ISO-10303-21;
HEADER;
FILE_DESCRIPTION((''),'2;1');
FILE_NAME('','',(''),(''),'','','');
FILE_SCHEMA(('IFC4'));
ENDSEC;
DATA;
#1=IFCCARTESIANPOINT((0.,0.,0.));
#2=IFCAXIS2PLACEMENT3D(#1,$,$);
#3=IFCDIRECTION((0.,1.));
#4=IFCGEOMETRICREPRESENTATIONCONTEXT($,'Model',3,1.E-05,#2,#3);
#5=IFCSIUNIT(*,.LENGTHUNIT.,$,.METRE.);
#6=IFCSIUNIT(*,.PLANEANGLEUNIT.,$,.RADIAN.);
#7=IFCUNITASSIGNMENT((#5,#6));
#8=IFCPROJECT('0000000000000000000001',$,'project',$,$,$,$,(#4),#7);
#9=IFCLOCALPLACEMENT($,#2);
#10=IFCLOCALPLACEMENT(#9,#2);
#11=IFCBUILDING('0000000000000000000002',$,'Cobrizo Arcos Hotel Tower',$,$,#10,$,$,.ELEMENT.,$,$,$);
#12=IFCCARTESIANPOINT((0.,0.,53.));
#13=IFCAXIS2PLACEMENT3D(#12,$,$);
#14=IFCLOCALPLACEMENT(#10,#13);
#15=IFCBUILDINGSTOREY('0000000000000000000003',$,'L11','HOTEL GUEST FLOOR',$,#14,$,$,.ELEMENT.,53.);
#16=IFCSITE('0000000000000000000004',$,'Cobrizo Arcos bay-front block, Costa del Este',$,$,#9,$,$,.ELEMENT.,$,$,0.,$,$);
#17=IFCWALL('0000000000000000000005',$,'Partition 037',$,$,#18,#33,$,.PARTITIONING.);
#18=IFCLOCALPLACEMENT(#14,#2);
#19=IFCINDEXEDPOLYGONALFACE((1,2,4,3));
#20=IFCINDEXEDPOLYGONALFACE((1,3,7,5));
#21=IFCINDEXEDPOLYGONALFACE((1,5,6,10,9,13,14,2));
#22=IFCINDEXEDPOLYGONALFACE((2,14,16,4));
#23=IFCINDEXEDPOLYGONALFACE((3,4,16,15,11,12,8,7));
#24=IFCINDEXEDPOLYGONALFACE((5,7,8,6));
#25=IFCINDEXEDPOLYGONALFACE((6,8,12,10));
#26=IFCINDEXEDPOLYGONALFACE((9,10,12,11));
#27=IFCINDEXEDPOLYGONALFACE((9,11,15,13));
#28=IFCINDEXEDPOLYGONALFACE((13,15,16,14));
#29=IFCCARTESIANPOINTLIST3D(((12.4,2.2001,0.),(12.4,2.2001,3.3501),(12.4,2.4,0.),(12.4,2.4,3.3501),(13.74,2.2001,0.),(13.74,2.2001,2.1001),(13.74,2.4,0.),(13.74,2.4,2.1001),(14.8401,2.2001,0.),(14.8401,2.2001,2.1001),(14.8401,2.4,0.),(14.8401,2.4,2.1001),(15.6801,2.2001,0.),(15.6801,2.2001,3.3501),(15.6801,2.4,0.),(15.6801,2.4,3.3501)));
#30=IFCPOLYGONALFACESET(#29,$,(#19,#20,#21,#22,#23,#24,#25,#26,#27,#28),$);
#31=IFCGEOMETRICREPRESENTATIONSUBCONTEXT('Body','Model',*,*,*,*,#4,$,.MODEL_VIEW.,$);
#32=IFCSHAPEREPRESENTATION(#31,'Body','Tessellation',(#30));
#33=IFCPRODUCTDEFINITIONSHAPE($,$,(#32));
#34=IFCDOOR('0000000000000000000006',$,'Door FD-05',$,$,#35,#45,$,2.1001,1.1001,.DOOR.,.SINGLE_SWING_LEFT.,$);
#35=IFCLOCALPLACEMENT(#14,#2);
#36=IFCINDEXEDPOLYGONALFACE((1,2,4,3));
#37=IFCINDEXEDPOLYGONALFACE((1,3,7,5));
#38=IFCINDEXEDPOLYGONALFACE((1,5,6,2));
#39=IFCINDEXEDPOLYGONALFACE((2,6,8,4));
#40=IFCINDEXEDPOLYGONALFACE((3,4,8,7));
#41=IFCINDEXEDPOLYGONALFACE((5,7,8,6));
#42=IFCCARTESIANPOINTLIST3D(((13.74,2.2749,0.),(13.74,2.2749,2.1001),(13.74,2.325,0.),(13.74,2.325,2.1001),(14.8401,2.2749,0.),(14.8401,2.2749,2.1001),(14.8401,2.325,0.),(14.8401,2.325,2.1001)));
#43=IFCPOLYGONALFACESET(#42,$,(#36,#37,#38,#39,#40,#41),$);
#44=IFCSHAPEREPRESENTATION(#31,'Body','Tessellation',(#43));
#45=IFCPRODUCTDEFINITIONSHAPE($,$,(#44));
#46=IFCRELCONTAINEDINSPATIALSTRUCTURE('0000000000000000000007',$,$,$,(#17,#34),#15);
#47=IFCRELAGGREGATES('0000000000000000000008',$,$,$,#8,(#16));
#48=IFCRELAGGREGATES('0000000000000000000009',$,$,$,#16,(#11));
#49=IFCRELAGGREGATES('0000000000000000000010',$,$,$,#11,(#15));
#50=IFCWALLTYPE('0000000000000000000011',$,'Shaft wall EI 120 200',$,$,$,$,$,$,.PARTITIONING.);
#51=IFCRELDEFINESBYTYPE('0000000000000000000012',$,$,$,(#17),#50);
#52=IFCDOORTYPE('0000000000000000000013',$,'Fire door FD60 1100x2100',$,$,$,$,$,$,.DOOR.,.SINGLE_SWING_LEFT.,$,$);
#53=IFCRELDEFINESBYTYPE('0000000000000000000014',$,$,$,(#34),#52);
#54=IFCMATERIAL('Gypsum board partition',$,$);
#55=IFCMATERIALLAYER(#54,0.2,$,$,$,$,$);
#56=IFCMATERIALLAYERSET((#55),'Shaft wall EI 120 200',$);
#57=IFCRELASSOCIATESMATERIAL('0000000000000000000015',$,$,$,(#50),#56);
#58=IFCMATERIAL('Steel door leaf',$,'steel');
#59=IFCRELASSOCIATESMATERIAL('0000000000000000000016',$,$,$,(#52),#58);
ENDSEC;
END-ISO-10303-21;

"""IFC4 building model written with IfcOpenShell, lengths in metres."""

from ifc_helpers import new_model, si_unit, direction, frame, frame_2d, origin, place, context, subcontext, project, spatial, rectangle, extrude, material, layer, layer_set, type_object, element, fill, save


model = new_model("IFC4")

# Units and contexts
model_context = context("Model", 3, precision=1e-05, world=origin(), true_north=direction((0.0, 1.0)))
body_context = subcontext(model_context, "Body", "Model", "MODEL_VIEW")
ifc_project = project(units=[si_unit("LENGTHUNIT", "METRE"), si_unit("PLANEANGLEUNIT", "RADIAN")], contexts=[model_context])

# Site, building, storey
site_placement = place(None, origin())
site = spatial("IfcSite", under=ifc_project, at=site_placement, Name="Cobrizo Arcos bay-front block, Costa del Este", CompositionType="ELEMENT", RefElevation=0.0)
building_placement = place(site_placement, origin())
building = spatial("IfcBuilding", under=site, at=building_placement, Name="Cobrizo Arcos Hotel Tower", CompositionType="ELEMENT")
storey_placement = place(building_placement, frame((0.0, 0.0, 53.0)))
storey = spatial("IfcBuildingStorey", under=building, at=storey_placement, Name="L11", Description="HOTEL GUEST FLOOR", CompositionType="ELEMENT", Elevation=53.0)

# Shared definitions
ifc_material_1 = material(Name="Gypsum board partition")

# Wall, opening, door
ifc_layer_1 = layer(ifc_material_1, 0.2)
ifc_layer_set_1 = layer_set([ifc_layer_1], Name="Shaft wall EI 120 200")
wall_type_1 = type_object("IfcWallType", Name="Shaft wall EI 120 200", PredefinedType="PARTITIONING", material=ifc_layer_set_1)
wall_1_placement = place(storey_placement, frame((12.3999, 2.3, 0.0), z_axis=(0.0, 0.0, 1.0), x_axis=(1.0, 0.0, 0.0)))
wall_1 = element("IfcWall", 1, at=wall_1_placement, inside=storey, type_object=wall_type_1, Name="Partition 037", PredefinedType="PARTITIONING", context=body_context, shape_type="SweptSolid", body=[
    extrude(rectangle(XDim=3.28, YDim=0.2, at=frame_2d((1.6401, 0.0))), origin(), (0.0, 0.0, 1.0), 3.3501),
])
opening_1_placement = place(wall_1_placement, frame((1.3401, 0.0, 0.0)))
opening_1 = element("IfcOpeningElement", 2, at=opening_1_placement, cuts=wall_1, PredefinedType="OPENING", context=body_context, shape_type="SweptSolid", body=[
    extrude(rectangle(XDim=1.1001, YDim=2.1001, at=frame_2d((0.55, 1.05))), frame((0.0, 0.1121, 0.0), z_axis=(0.0, -1.0, 0.0), x_axis=(1.0, 0.0, 0.0)), (0.0, 0.0, 1.0), 0.2239),
])
ifc_material_2 = material(Name="Steel door leaf", Category="steel")
door_type_1 = type_object("IfcDoorType", Name="Fire door FD60 1100x2100", OperationType="SINGLE_SWING_LEFT", PredefinedType="DOOR", material=ifc_material_2)
door_1_placement = place(opening_1_placement, origin())
door_1 = element("IfcDoor", 3, at=door_1_placement, inside=storey, type_object=door_type_1, Name="Door FD-05", OperationType="SINGLE_SWING_LEFT", OverallHeight=2.1001, OverallWidth=1.1001, PredefinedType="DOOR", context=body_context, shape_type="SweptSolid", body=[
    extrude(rectangle(XDim=1.1001, YDim=2.1001, at=frame_2d((0.55, 1.05))), frame((0.0, 0.0249, 0.0), z_axis=(0.0, -1.0, 0.0), x_axis=(1.0, 0.0, 0.0)), (0.0, 0.0, 1.0), 0.05),
])
fill(opening_1, door_1)

save(model, "model.ifc")
